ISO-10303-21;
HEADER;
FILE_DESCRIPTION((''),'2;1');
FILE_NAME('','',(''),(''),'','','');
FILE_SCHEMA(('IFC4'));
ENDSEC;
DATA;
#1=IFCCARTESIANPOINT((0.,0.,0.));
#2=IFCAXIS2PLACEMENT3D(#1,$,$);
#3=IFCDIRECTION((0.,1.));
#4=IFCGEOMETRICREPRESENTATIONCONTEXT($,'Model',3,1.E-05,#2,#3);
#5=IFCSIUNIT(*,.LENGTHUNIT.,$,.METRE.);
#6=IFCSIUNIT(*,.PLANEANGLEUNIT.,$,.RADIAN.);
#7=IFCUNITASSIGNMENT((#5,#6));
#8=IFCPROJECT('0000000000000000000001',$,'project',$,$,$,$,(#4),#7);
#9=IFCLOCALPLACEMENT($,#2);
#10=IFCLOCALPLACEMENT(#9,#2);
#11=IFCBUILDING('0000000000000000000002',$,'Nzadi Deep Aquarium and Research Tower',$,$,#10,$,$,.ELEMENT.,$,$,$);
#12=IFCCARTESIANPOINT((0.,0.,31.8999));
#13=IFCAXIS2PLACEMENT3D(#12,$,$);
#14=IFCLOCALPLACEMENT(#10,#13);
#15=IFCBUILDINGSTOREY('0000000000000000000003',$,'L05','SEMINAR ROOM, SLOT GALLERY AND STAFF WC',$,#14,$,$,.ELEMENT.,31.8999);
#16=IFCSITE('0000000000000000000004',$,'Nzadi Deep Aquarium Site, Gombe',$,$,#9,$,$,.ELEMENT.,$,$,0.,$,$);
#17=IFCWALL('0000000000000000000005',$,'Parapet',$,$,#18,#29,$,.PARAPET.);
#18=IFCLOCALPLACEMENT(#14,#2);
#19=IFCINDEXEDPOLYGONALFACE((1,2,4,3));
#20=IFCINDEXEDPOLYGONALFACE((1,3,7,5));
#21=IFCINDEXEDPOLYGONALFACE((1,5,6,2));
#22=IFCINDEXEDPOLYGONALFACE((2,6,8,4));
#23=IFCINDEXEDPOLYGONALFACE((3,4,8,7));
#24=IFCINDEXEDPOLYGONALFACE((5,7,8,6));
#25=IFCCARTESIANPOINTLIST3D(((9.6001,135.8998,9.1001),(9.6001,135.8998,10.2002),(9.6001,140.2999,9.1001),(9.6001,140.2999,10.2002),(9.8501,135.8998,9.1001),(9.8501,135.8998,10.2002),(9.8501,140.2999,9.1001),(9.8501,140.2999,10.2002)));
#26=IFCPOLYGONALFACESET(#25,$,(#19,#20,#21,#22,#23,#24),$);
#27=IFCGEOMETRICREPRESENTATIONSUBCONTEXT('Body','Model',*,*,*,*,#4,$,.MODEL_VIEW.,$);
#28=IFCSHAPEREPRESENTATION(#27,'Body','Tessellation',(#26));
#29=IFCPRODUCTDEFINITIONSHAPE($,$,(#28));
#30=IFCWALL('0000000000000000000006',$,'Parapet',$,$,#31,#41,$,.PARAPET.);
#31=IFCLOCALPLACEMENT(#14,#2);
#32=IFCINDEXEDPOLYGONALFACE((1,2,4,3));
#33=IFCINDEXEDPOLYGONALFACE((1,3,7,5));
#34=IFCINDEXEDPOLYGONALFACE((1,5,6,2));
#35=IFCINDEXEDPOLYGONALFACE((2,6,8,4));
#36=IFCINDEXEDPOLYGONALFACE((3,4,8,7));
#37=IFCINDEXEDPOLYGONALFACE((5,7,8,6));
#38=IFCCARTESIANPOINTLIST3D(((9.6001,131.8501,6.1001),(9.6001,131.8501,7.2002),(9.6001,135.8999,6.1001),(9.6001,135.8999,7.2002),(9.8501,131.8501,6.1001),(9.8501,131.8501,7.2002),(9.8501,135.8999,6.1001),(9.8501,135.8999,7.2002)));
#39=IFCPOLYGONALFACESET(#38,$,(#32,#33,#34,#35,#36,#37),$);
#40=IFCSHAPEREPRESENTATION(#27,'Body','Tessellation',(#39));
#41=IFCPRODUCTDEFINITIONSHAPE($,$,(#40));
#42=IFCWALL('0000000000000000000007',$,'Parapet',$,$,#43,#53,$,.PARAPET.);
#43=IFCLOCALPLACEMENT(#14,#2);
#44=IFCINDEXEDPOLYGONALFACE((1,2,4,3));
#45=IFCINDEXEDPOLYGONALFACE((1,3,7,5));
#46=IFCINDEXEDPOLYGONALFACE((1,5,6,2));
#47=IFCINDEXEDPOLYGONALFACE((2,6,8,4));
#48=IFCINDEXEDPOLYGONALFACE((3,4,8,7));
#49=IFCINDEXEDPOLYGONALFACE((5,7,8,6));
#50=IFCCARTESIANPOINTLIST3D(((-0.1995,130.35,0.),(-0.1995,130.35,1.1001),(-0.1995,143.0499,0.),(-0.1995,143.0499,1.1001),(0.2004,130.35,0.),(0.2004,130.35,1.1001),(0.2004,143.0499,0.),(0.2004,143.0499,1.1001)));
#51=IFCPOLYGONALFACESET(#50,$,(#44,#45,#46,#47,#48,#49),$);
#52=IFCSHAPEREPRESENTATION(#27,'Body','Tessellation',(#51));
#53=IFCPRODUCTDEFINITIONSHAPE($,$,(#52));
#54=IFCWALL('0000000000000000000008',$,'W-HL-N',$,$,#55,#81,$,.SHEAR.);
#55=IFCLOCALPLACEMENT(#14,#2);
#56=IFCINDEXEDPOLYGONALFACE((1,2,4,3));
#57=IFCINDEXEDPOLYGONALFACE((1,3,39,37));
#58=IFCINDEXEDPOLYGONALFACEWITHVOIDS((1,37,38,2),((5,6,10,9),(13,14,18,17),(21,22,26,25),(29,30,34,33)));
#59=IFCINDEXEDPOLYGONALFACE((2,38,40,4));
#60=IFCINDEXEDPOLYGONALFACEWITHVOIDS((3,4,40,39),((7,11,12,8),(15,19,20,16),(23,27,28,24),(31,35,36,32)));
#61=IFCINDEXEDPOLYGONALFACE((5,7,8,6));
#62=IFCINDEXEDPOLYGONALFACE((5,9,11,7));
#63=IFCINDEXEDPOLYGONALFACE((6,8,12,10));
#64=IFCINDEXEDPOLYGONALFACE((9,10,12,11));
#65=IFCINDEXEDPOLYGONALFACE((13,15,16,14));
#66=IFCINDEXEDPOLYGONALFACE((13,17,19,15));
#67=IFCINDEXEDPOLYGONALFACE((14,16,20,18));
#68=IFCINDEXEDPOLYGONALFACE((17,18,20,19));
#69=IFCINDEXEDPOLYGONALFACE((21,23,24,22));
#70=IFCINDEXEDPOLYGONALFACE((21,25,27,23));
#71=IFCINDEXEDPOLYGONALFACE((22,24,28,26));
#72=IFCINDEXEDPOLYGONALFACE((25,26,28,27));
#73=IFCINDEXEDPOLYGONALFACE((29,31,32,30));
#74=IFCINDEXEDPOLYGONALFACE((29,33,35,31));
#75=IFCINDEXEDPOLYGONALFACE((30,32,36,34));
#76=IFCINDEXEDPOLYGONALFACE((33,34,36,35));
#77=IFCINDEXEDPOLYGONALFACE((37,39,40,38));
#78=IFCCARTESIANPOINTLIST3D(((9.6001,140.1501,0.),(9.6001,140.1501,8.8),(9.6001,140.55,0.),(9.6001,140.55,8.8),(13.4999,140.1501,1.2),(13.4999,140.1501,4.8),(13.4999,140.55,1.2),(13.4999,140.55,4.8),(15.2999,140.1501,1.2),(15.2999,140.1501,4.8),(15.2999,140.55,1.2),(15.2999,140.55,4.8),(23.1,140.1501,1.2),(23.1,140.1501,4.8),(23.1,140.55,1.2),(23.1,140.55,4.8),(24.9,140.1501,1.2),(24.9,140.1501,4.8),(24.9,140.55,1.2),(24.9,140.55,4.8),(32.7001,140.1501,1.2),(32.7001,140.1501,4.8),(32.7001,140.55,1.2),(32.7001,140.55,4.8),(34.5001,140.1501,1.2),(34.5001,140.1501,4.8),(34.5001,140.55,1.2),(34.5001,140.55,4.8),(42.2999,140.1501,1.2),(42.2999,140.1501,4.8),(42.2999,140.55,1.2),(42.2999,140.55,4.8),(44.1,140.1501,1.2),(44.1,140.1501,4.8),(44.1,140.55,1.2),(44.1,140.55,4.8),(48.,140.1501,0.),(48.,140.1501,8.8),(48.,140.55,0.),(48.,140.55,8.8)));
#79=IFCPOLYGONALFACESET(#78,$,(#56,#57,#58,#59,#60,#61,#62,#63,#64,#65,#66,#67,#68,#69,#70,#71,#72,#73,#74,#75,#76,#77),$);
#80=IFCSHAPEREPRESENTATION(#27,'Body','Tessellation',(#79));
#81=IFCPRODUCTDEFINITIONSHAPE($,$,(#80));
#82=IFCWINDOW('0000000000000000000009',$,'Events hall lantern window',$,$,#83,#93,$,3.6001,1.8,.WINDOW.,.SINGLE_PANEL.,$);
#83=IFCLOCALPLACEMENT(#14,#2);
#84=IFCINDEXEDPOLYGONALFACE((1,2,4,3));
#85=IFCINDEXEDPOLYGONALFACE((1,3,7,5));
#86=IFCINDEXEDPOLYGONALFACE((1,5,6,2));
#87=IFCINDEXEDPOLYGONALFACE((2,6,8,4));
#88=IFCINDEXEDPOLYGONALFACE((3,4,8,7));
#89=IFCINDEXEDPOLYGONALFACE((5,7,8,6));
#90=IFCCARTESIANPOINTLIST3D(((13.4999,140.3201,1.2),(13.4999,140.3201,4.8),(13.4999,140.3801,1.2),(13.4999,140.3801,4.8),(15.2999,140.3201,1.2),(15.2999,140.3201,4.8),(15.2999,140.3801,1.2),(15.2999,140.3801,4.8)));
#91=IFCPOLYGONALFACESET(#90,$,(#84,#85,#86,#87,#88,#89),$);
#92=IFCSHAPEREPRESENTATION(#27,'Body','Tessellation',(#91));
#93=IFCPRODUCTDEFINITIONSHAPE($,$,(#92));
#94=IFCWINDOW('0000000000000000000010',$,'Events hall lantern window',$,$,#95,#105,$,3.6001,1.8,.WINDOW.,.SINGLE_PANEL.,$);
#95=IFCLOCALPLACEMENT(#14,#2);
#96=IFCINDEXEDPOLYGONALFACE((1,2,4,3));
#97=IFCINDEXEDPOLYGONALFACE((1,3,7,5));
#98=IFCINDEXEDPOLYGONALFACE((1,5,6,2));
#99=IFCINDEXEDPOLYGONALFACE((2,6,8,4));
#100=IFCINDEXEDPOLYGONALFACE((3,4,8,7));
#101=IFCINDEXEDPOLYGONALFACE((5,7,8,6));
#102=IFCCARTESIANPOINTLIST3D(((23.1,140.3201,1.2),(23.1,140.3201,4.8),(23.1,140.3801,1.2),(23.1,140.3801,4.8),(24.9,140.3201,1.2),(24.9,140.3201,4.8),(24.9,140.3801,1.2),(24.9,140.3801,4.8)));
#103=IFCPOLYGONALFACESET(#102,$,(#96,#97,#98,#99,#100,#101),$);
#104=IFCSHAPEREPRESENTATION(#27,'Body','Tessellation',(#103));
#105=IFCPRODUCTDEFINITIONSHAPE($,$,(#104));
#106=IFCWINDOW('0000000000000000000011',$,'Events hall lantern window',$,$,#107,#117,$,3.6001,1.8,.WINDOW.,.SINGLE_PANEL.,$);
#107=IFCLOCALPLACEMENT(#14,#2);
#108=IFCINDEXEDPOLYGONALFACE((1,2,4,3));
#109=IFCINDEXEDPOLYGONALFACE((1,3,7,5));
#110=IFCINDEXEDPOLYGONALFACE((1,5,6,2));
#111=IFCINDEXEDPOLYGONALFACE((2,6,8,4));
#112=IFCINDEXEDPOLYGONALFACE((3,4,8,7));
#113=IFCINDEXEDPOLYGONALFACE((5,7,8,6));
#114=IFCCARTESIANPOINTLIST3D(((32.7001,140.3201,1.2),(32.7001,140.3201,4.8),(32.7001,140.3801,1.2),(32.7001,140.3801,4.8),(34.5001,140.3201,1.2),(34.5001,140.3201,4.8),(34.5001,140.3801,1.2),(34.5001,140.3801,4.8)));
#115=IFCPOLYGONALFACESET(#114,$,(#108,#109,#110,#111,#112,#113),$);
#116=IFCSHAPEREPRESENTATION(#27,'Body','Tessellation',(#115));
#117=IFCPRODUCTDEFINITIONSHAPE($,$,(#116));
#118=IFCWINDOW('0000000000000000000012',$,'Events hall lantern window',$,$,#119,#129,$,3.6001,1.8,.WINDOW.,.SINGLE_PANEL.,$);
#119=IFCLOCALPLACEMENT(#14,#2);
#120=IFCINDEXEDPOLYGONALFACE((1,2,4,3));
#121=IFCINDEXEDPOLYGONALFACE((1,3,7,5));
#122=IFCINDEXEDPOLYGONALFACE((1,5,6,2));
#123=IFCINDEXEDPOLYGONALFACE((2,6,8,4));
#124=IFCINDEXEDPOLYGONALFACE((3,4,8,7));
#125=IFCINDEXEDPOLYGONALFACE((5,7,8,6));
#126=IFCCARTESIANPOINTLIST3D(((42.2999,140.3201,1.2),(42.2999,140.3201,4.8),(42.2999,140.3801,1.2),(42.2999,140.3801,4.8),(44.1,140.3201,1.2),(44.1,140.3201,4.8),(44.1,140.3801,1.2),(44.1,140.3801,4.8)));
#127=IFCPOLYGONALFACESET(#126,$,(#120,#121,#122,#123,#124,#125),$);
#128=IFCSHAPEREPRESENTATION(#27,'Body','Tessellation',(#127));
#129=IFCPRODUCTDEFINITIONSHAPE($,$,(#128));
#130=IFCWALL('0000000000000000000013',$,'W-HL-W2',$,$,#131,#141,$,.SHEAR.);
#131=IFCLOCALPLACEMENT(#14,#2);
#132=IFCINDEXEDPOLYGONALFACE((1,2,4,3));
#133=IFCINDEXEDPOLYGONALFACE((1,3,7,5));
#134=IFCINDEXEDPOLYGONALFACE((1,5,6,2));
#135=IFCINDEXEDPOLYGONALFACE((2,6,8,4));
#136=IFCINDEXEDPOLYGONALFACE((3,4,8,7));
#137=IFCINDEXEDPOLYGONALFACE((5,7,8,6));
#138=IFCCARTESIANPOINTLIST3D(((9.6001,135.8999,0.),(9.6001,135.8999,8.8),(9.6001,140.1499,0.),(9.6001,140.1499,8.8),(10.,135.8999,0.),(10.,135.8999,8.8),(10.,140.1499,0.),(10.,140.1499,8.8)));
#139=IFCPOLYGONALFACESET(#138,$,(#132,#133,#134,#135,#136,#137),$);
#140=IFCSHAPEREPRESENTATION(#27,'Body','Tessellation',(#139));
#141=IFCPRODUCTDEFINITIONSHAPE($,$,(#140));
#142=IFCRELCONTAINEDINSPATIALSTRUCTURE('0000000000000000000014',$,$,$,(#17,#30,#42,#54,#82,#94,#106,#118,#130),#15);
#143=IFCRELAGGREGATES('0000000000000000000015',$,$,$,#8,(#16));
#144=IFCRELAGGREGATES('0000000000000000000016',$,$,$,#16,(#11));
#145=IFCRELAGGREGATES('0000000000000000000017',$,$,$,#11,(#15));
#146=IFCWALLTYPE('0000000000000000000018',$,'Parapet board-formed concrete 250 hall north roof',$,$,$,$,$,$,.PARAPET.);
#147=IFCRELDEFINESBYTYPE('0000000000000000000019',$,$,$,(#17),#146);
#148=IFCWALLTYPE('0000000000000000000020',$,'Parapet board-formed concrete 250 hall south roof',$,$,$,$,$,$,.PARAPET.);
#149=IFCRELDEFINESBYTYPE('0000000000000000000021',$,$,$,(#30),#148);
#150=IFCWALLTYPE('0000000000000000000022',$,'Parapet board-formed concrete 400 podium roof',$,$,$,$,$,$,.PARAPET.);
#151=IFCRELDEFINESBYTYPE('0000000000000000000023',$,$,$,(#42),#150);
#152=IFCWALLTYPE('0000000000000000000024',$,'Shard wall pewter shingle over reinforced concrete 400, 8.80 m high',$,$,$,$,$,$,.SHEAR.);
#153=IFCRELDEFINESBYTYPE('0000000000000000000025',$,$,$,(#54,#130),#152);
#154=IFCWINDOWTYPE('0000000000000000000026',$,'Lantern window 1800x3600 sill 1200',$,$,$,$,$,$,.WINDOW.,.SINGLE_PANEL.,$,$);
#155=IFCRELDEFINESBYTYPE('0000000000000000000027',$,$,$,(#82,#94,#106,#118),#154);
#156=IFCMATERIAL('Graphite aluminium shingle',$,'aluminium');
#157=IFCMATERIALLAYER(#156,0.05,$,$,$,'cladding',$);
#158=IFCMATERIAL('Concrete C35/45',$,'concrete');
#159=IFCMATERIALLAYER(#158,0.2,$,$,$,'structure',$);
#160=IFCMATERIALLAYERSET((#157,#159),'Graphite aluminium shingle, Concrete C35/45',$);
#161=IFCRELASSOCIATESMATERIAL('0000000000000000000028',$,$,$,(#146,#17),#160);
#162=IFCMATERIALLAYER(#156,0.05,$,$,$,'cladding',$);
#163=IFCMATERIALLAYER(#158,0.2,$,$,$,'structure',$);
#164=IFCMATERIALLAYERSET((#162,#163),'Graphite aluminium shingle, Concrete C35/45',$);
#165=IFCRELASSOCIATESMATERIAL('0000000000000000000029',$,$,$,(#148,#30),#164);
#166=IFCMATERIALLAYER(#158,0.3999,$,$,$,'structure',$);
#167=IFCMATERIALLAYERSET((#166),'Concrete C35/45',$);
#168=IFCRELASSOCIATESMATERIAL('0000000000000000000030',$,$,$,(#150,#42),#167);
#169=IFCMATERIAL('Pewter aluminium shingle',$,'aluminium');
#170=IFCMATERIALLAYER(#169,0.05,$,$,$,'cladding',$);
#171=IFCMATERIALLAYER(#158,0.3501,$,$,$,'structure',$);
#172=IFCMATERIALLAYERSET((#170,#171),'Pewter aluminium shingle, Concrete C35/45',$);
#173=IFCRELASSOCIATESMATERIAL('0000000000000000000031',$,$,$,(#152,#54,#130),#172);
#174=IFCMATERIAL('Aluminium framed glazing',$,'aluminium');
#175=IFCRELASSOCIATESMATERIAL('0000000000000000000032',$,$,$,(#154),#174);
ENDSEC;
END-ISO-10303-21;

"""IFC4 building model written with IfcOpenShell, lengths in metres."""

from ifc_helpers import new_model, si_unit, direction, frame, frame_2d, origin, place, context, subcontext, project, spatial, rectangle, extrude, material, layer, layer_set, layer_usage, type_object, element, fill, save


model = new_model("IFC4")

# Units and contexts
model_context = context("Model", 3, precision=1e-05, world=origin(), true_north=direction((0.0, 1.0)))
body_context = subcontext(model_context, "Body", "Model", "MODEL_VIEW")
ifc_project = project(units=[si_unit("LENGTHUNIT", "METRE"), si_unit("PLANEANGLEUNIT", "RADIAN")], contexts=[model_context])

# Site, building, storey
site_placement = place(None, origin())
site = spatial("IfcSite", under=ifc_project, at=site_placement, Name="Nzadi Deep Aquarium Site, Gombe", CompositionType="ELEMENT", RefElevation=0.0)
building_placement = place(site_placement, origin())
building = spatial("IfcBuilding", under=site, at=building_placement, Name="Nzadi Deep Aquarium and Research Tower", CompositionType="ELEMENT")
storey_placement = place(building_placement, frame((0.0, 0.0, 31.8999)))
storey = spatial("IfcBuildingStorey", under=building, at=storey_placement, Name="L05", Description="SEMINAR ROOM, SLOT GALLERY AND STAFF WC", CompositionType="ELEMENT", Elevation=31.8999)

# Walls
ifc_material_1 = material(Name="Graphite aluminium shingle", Category="aluminium")
ifc_layer_1 = layer(ifc_material_1, 0.05, Category="cladding")
ifc_material_2 = material(Name="Concrete C35/45", Category="concrete")
ifc_layer_2 = layer(ifc_material_2, 0.2, Category="structure")
ifc_layer_set_1 = layer_set([ifc_layer_1, ifc_layer_2], Name="Graphite aluminium shingle, Concrete C35/45")
ifc_layer_usage_1 = layer_usage(ifc_layer_set_1, "AXIS2", "POSITIVE", -0.125)
wall_type_1 = type_object("IfcWallType", Name="Parapet board-formed concrete 250 hall north roof", PredefinedType="PARAPET", material=ifc_layer_set_1)
wall_1_placement = place(storey_placement, frame((9.7251, 140.3, 9.1001), z_axis=(0.0, 0.0, 1.0), x_axis=(0.0, -1.0, 0.0)))
element("IfcWall", 1, at=wall_1_placement, inside=storey, type_object=wall_type_1, material=ifc_layer_usage_1, Name="Parapet", PredefinedType="PARAPET", context=body_context, shape_type="SweptSolid", body=[
    extrude(rectangle(XDim=4.4001, YDim=0.25, at=frame_2d((2.2002, 0.0))), origin(), (0.0, 0.0, 1.0), 1.1001),
])
ifc_layer_3 = layer(ifc_material_1, 0.05, Category="cladding")
ifc_layer_4 = layer(ifc_material_2, 0.2, Category="structure")
ifc_layer_set_2 = layer_set([ifc_layer_3, ifc_layer_4], Name="Graphite aluminium shingle, Concrete C35/45")
ifc_layer_usage_2 = layer_usage(ifc_layer_set_2, "AXIS2", "POSITIVE", -0.125)
wall_type_2 = type_object("IfcWallType", Name="Parapet board-formed concrete 250 hall south roof", PredefinedType="PARAPET", material=ifc_layer_set_2)
wall_2_placement = place(storey_placement, frame((9.7251, 135.8999, 6.1001), z_axis=(0.0, 0.0, 1.0), x_axis=(0.0, -1.0, 0.0)))
element("IfcWall", 2, at=wall_2_placement, inside=storey, type_object=wall_type_2, material=ifc_layer_usage_2, Name="Parapet", PredefinedType="PARAPET", context=body_context, shape_type="SweptSolid", body=[
    extrude(rectangle(XDim=4.0498, YDim=0.25, at=frame_2d((2.0249, 0.0))), origin(), (0.0, 0.0, 1.0), 1.1001),
])
ifc_layer_5 = layer(ifc_material_2, 0.3999, Category="structure")
ifc_layer_set_3 = layer_set([ifc_layer_5], Name="Concrete C35/45")
ifc_layer_usage_3 = layer_usage(ifc_layer_set_3, "AXIS2", "POSITIVE", -0.2)
wall_type_3 = type_object("IfcWallType", Name="Parapet board-formed concrete 400 podium roof", PredefinedType="PARAPET", material=ifc_layer_set_3)
wall_3_placement = place(storey_placement, frame((0.0005, 143.05, 0.0), z_axis=(0.0, 0.0, 1.0), x_axis=(0.0, -1.0, 0.0)))
element("IfcWall", 3, at=wall_3_placement, inside=storey, type_object=wall_type_3, material=ifc_layer_usage_3, Name="Parapet", PredefinedType="PARAPET", context=body_context, shape_type="SweptSolid", body=[
    extrude(rectangle(XDim=12.7, YDim=0.3999, at=frame_2d((6.3501, 0.0))), origin(), (0.0, 0.0, 1.0), 1.1001),
])

# Wall, openings, windows
ifc_material_3 = material(Name="Pewter aluminium shingle", Category="aluminium")
ifc_layer_6 = layer(ifc_material_3, 0.05, Category="cladding")
ifc_layer_7 = layer(ifc_material_2, 0.3501, Category="structure")
ifc_layer_set_4 = layer_set([ifc_layer_6, ifc_layer_7], Name="Pewter aluminium shingle, Concrete C35/45")
ifc_layer_usage_4 = layer_usage(ifc_layer_set_4, "AXIS2", "POSITIVE", -0.2)
wall_type_4 = type_object("IfcWallType", Name="Shard wall pewter shingle over reinforced concrete 400, 8.80 m high", PredefinedType="SHEAR", material=ifc_layer_set_4)
wall_4_placement = place(storey_placement, frame((9.6001, 140.3501, 0.0), z_axis=(0.0, 0.0, 1.0), x_axis=(1.0, 0.0, 0.0)))
wall_4 = element("IfcWall", 4, at=wall_4_placement, inside=storey, type_object=wall_type_4, material=ifc_layer_usage_4, Name="W-HL-N", PredefinedType="SHEAR", context=body_context, shape_type="SweptSolid", body=[
    extrude(rectangle(XDim=38.3999, YDim=0.3999, at=frame_2d((19.2, 0.0))), origin(), (0.0, 0.0, 1.0), 8.8),
])
opening_1_placement = place(wall_4_placement, frame((3.8999, 0.0, 1.2)))
opening_1 = element("IfcOpeningElement", 5, at=opening_1_placement, cuts=wall_4, PredefinedType="OPENING", context=body_context, shape_type="SweptSolid", body=[
    extrude(rectangle(XDim=1.8, YDim=3.6001, at=frame_2d((0.8999, 1.8))), frame((0.0, 0.21, 0.0), z_axis=(0.0, -1.0, 0.0), x_axis=(1.0, 0.0, 0.0)), (0.0, 0.0, 1.0), 0.4199),
])
opening_2_placement = place(wall_4_placement, frame((13.5, 0.0, 1.2)))
opening_2 = element("IfcOpeningElement", 6, at=opening_2_placement, cuts=wall_4, PredefinedType="OPENING", context=body_context, shape_type="SweptSolid", body=[
    extrude(rectangle(XDim=1.8, YDim=3.6001, at=frame_2d((0.8999, 1.8))), frame((0.0, 0.21, 0.0), z_axis=(0.0, -1.0, 0.0), x_axis=(1.0, 0.0, 0.0)), (0.0, 0.0, 1.0), 0.4199),
])
opening_3_placement = place(wall_4_placement, frame((23.1001, 0.0, 1.2)))
opening_3 = element("IfcOpeningElement", 7, at=opening_3_placement, cuts=wall_4, PredefinedType="OPENING", context=body_context, shape_type="SweptSolid", body=[
    extrude(rectangle(XDim=1.8, YDim=3.6001, at=frame_2d((0.8999, 1.8))), frame((0.0, 0.21, 0.0), z_axis=(0.0, -1.0, 0.0), x_axis=(1.0, 0.0, 0.0)), (0.0, 0.0, 1.0), 0.4199),
])
opening_4_placement = place(wall_4_placement, frame((32.7, 0.0, 1.2)))
opening_4 = element("IfcOpeningElement", 8, at=opening_4_placement, cuts=wall_4, PredefinedType="OPENING", context=body_context, shape_type="SweptSolid", body=[
    extrude(rectangle(XDim=1.8, YDim=3.6001, at=frame_2d((0.8999, 1.8))), frame((0.0, 0.21, 0.0), z_axis=(0.0, -1.0, 0.0), x_axis=(1.0, 0.0, 0.0)), (0.0, 0.0, 1.0), 0.4199),
])
ifc_material_4 = material(Name="Aluminium framed glazing", Category="aluminium")
window_type = type_object("IfcWindowType", Name="Lantern window 1800x3600 sill 1200", PartitioningType="SINGLE_PANEL", PredefinedType="WINDOW", material=ifc_material_4)
window_1_placement = place(opening_1_placement, origin())
window_1 = element("IfcWindow", 9, at=window_1_placement, inside=storey, type_object=window_type, Name="Events hall lantern window", OverallHeight=3.6001, OverallWidth=1.8, PartitioningType="SINGLE_PANEL", PredefinedType="WINDOW", context=body_context, shape_type="SweptSolid", body=[
    extrude(rectangle(XDim=1.8, YDim=3.6001, at=frame_2d((0.8999, 1.8))), frame((0.0, 0.03, 0.0), z_axis=(0.0, -1.0, 0.0), x_axis=(1.0, 0.0, 0.0)), (0.0, 0.0, 1.0), 0.0601),
])
fill(opening_1, window_1)
window_2_placement = place(opening_2_placement, origin())
window_2 = element("IfcWindow", 10, at=window_2_placement, inside=storey, type_object=window_type, Name="Events hall lantern window", OverallHeight=3.6001, OverallWidth=1.8, PartitioningType="SINGLE_PANEL", PredefinedType="WINDOW", context=body_context, shape_type="SweptSolid", body=[
    extrude(rectangle(XDim=1.8, YDim=3.6001, at=frame_2d((0.8999, 1.8))), frame((0.0, 0.03, 0.0), z_axis=(0.0, -1.0, 0.0), x_axis=(1.0, 0.0, 0.0)), (0.0, 0.0, 1.0), 0.0601),
])
fill(opening_2, window_2)
window_3_placement = place(opening_3_placement, origin())
window_3 = element("IfcWindow", 11, at=window_3_placement, inside=storey, type_object=window_type, Name="Events hall lantern window", OverallHeight=3.6001, OverallWidth=1.8, PartitioningType="SINGLE_PANEL", PredefinedType="WINDOW", context=body_context, shape_type="SweptSolid", body=[
    extrude(rectangle(XDim=1.8, YDim=3.6001, at=frame_2d((0.8999, 1.8))), frame((0.0, 0.03, 0.0), z_axis=(0.0, -1.0, 0.0), x_axis=(1.0, 0.0, 0.0)), (0.0, 0.0, 1.0), 0.0601),
])
fill(opening_3, window_3)
window_4_placement = place(opening_4_placement, origin())
window_4 = element("IfcWindow", 12, at=window_4_placement, inside=storey, type_object=window_type, Name="Events hall lantern window", OverallHeight=3.6001, OverallWidth=1.8, PartitioningType="SINGLE_PANEL", PredefinedType="WINDOW", context=body_context, shape_type="SweptSolid", body=[
    extrude(rectangle(XDim=1.8, YDim=3.6001, at=frame_2d((0.8999, 1.8))), frame((0.0, 0.03, 0.0), z_axis=(0.0, -1.0, 0.0), x_axis=(1.0, 0.0, 0.0)), (0.0, 0.0, 1.0), 0.0601),
])
fill(opening_4, window_4)

# Wall
ifc_layer_usage_5 = layer_usage(ifc_layer_set_4, "AXIS2", "POSITIVE", -0.2)
wall_5_placement = place(storey_placement, frame((9.8, 135.8999, 0.0), z_axis=(0.0, 0.0, 1.0), x_axis=(0.0, 1.0, 0.0)))
element("IfcWall", 13, at=wall_5_placement, inside=storey, type_object=wall_type_4, material=ifc_layer_usage_5, Name="W-HL-W2", PredefinedType="SHEAR", context=body_context, shape_type="SweptSolid", body=[
    extrude(rectangle(XDim=4.25, YDim=0.3999, at=frame_2d((2.125, 0.0))), origin(), (0.0, 0.0, 1.0), 8.8),
])

save(model, "model.ifc")
